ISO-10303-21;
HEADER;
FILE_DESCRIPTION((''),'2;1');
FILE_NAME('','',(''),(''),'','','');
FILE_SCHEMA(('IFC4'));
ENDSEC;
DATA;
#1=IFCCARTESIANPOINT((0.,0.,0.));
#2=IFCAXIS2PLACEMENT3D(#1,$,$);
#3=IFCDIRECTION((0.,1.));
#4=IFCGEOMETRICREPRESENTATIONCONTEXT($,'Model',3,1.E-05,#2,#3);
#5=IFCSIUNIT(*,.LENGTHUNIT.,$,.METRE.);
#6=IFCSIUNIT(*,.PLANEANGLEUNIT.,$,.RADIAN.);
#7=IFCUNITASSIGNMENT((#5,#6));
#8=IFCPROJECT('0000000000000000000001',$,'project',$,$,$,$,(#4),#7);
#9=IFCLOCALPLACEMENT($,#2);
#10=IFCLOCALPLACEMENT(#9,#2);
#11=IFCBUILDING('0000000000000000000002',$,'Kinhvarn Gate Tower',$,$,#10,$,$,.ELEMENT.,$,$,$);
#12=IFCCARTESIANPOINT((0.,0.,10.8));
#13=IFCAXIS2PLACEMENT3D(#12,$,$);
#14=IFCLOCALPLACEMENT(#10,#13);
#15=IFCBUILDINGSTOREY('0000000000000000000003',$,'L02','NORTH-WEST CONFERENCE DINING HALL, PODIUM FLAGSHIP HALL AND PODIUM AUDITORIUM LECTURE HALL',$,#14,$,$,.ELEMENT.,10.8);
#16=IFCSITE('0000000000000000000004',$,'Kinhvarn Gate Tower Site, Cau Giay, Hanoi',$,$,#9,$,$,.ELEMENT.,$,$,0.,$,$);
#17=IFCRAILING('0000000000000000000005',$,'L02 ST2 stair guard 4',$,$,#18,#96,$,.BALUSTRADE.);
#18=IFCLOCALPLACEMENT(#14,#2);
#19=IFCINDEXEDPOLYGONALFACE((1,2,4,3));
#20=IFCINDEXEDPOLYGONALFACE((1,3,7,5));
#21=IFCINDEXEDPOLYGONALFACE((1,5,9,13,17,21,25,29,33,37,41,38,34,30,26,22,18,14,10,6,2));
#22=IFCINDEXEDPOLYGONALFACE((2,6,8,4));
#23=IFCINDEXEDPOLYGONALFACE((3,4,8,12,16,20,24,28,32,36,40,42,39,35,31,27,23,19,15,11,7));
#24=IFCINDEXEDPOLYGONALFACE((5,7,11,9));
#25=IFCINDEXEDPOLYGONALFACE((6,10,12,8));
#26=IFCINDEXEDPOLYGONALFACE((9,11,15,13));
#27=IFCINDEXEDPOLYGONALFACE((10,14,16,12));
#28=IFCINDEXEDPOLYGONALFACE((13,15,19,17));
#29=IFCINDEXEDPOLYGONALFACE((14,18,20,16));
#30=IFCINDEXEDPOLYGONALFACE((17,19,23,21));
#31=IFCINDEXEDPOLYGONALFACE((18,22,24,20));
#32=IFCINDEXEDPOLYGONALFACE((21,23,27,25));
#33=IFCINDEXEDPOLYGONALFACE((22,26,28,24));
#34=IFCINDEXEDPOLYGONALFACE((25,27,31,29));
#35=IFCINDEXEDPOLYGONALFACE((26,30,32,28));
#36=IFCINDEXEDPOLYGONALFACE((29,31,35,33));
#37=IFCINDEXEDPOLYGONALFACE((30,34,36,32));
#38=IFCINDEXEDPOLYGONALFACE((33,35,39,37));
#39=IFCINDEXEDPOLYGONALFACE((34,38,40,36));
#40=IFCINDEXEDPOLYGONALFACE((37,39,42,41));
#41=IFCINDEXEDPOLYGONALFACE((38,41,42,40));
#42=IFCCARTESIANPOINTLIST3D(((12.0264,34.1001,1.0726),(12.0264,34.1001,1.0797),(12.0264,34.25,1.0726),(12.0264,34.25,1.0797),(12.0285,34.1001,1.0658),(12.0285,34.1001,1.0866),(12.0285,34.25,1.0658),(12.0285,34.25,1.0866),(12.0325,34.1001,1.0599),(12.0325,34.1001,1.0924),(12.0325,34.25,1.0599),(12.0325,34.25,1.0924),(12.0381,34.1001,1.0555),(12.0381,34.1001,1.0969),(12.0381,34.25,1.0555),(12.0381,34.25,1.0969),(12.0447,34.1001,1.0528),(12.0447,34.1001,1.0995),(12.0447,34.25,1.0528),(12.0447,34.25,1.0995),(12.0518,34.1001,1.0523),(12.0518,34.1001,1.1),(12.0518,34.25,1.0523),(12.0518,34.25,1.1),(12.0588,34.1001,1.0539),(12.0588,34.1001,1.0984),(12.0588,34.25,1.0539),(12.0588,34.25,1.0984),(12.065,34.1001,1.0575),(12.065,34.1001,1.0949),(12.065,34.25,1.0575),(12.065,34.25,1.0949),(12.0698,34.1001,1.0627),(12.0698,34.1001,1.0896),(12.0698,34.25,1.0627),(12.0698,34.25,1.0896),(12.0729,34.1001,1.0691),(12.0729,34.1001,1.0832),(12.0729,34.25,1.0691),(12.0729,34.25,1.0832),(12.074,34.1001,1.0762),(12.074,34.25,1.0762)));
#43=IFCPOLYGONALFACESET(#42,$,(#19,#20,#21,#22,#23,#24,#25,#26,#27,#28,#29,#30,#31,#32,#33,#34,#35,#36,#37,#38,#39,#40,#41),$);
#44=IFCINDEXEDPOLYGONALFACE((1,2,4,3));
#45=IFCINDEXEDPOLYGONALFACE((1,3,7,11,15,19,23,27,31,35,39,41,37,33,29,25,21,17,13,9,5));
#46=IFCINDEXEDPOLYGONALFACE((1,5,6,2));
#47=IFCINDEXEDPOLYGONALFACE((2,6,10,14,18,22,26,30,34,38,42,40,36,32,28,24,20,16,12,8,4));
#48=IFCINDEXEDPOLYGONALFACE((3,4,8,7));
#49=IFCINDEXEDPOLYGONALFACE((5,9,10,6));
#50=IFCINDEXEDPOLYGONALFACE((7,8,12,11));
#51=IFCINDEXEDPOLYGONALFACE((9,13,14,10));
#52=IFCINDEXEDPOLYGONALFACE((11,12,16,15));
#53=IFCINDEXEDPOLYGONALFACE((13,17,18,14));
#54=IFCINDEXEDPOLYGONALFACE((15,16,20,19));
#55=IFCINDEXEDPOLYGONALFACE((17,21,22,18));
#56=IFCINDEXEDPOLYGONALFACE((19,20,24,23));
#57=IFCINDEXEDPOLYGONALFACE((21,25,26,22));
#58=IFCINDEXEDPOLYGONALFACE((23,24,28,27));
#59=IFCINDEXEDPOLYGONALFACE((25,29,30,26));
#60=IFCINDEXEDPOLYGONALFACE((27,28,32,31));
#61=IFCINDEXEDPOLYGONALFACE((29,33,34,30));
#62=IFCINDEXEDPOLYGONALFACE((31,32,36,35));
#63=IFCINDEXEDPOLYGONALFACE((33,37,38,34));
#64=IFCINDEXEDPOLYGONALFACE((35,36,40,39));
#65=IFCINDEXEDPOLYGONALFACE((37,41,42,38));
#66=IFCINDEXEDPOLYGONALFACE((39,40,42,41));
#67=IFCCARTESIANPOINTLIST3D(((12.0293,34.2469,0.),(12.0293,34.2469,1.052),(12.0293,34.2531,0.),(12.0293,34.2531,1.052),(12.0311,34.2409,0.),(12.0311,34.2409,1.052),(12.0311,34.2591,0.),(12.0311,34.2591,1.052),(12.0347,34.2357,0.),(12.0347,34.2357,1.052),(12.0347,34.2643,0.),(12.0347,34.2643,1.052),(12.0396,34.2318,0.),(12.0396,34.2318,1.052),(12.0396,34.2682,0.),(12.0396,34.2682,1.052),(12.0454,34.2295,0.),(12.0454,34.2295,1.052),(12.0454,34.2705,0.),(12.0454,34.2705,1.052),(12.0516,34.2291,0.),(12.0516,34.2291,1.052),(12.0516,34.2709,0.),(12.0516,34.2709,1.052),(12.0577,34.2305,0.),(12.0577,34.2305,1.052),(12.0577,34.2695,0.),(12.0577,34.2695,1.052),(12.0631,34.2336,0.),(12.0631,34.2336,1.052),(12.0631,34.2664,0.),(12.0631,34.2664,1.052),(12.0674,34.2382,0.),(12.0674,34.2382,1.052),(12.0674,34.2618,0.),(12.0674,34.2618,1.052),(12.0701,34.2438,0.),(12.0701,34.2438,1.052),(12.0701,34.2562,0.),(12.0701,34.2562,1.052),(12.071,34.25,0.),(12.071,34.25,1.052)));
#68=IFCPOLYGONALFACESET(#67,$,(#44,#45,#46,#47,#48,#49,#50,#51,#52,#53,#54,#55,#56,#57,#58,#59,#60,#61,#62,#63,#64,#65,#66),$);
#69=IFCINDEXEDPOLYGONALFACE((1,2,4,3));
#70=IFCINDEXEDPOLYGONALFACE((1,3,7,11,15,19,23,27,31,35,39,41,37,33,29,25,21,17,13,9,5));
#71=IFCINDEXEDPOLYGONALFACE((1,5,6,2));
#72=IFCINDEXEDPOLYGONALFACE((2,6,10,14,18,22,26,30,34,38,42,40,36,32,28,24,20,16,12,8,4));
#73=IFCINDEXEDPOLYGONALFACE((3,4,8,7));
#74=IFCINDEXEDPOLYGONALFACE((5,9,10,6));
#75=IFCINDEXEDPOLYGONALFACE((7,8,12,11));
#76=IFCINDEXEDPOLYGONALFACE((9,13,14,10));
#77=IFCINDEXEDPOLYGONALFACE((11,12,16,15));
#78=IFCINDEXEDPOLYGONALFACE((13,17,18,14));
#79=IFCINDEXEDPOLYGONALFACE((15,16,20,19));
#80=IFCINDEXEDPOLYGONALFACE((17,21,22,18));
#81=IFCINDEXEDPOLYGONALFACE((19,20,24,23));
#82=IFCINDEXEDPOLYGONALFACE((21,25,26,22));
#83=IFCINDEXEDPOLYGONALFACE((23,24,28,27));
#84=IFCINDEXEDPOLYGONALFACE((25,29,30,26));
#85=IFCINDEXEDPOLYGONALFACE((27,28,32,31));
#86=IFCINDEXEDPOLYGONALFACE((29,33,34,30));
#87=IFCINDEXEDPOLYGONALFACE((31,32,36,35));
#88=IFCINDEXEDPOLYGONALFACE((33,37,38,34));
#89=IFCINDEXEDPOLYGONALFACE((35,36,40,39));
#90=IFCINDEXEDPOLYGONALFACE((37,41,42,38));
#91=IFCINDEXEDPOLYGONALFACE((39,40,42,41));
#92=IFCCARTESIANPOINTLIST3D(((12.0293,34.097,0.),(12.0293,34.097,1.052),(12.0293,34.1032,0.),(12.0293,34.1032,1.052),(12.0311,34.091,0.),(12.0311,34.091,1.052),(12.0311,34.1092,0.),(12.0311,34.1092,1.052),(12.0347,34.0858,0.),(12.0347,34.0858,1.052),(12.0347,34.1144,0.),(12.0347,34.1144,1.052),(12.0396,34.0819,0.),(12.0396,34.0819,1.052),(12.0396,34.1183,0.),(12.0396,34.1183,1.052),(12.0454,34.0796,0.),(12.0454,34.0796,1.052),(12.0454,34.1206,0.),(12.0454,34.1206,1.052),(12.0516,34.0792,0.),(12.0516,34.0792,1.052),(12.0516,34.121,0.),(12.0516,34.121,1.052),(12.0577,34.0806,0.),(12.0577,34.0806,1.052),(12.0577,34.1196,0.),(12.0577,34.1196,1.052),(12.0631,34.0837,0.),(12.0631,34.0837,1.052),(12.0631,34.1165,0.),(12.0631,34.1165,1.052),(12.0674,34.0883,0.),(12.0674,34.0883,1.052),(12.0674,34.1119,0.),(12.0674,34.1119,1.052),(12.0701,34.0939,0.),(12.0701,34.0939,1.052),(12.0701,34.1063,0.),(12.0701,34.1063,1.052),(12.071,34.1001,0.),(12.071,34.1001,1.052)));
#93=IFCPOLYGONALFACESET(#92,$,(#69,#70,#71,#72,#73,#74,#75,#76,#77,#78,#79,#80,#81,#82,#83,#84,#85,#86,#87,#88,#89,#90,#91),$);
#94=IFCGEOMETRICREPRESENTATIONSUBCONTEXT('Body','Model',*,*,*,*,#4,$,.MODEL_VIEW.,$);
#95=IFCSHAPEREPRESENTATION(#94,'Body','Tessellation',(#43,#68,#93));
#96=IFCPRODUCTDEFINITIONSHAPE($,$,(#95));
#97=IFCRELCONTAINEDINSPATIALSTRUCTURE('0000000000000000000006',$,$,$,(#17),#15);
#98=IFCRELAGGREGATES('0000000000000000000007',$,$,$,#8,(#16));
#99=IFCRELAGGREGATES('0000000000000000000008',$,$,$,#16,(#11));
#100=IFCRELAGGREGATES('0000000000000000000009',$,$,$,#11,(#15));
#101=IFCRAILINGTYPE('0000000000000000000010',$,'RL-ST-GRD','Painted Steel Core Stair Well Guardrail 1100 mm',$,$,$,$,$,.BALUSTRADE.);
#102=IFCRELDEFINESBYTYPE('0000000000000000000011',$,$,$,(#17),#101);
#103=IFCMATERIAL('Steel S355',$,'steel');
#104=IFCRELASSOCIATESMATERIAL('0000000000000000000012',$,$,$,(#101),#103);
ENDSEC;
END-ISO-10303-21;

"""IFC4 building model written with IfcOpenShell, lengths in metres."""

from ifc_helpers import new_model, si_unit, direction, frame, origin, origin_2d, place, context, subcontext, project, spatial, circle, extrude, material, type_object, element, save


model = new_model("IFC4")

# Units and contexts
model_context = context("Model", 3, precision=1e-05, world=origin(), true_north=direction((0.0, 1.0)))
body_context = subcontext(model_context, "Body", "Model", "MODEL_VIEW")
ifc_project = project(units=[si_unit("LENGTHUNIT", "METRE"), si_unit("PLANEANGLEUNIT", "RADIAN")], contexts=[model_context])

# Site, building, storey
site_placement = place(None, origin())
site = spatial("IfcSite", under=ifc_project, at=site_placement, Name="Kinhvarn Gate Tower Site, Cau Giay, Hanoi", CompositionType="ELEMENT", RefElevation=0.0)
building_placement = place(site_placement, origin())
building = spatial("IfcBuilding", under=site, at=building_placement, Name="Kinhvarn Gate Tower", CompositionType="ELEMENT")
storey_placement = place(building_placement, frame((0.0, 0.0, 10.8)))
storey = spatial("IfcBuildingStorey", under=building, at=storey_placement, Name="L02", Description="NORTH-WEST CONFERENCE DINING HALL, PODIUM FLAGSHIP HALL AND PODIUM AUDITORIUM LECTURE HALL", CompositionType="ELEMENT", Elevation=10.8)

# Shared definitions
ifc_material_1 = material(Name="Steel S355", Category="steel")

# Railing
railing_type_1 = type_object("IfcRailingType", Name="RL-ST-GRD", Description="Painted Steel Core Stair Well Guardrail 1100 mm", PredefinedType="BALUSTRADE", material=ifc_material_1)
railing_1_placement = place(storey_placement, frame((12.05, 34.25, 0.0)))
element("IfcRailing", 1, at=railing_1_placement, inside=storey, type_object=railing_type_1, Name="L02 ST2 stair guard 4", PredefinedType="BALUSTRADE", context=body_context, shape_type="SweptSolid", body=[
    extrude(circle(Radius=0.0239, at=origin_2d()), frame((0.0, 0.0, 1.0762), z_axis=(0.0, -1.0, 0.0), x_axis=(1.0, 0.0, 0.0)), (0.0, 0.0, 1.0), 0.1499),
    extrude(circle(Radius=0.021, at=origin_2d()), origin(), (0.0, 0.0, 1.0), 1.052),
    extrude(circle(Radius=0.021, at=origin_2d()), frame((0.0, -0.1499, 0.0)), (0.0, 0.0, 1.0), 1.052),
])

save(model, "model.ifc")
